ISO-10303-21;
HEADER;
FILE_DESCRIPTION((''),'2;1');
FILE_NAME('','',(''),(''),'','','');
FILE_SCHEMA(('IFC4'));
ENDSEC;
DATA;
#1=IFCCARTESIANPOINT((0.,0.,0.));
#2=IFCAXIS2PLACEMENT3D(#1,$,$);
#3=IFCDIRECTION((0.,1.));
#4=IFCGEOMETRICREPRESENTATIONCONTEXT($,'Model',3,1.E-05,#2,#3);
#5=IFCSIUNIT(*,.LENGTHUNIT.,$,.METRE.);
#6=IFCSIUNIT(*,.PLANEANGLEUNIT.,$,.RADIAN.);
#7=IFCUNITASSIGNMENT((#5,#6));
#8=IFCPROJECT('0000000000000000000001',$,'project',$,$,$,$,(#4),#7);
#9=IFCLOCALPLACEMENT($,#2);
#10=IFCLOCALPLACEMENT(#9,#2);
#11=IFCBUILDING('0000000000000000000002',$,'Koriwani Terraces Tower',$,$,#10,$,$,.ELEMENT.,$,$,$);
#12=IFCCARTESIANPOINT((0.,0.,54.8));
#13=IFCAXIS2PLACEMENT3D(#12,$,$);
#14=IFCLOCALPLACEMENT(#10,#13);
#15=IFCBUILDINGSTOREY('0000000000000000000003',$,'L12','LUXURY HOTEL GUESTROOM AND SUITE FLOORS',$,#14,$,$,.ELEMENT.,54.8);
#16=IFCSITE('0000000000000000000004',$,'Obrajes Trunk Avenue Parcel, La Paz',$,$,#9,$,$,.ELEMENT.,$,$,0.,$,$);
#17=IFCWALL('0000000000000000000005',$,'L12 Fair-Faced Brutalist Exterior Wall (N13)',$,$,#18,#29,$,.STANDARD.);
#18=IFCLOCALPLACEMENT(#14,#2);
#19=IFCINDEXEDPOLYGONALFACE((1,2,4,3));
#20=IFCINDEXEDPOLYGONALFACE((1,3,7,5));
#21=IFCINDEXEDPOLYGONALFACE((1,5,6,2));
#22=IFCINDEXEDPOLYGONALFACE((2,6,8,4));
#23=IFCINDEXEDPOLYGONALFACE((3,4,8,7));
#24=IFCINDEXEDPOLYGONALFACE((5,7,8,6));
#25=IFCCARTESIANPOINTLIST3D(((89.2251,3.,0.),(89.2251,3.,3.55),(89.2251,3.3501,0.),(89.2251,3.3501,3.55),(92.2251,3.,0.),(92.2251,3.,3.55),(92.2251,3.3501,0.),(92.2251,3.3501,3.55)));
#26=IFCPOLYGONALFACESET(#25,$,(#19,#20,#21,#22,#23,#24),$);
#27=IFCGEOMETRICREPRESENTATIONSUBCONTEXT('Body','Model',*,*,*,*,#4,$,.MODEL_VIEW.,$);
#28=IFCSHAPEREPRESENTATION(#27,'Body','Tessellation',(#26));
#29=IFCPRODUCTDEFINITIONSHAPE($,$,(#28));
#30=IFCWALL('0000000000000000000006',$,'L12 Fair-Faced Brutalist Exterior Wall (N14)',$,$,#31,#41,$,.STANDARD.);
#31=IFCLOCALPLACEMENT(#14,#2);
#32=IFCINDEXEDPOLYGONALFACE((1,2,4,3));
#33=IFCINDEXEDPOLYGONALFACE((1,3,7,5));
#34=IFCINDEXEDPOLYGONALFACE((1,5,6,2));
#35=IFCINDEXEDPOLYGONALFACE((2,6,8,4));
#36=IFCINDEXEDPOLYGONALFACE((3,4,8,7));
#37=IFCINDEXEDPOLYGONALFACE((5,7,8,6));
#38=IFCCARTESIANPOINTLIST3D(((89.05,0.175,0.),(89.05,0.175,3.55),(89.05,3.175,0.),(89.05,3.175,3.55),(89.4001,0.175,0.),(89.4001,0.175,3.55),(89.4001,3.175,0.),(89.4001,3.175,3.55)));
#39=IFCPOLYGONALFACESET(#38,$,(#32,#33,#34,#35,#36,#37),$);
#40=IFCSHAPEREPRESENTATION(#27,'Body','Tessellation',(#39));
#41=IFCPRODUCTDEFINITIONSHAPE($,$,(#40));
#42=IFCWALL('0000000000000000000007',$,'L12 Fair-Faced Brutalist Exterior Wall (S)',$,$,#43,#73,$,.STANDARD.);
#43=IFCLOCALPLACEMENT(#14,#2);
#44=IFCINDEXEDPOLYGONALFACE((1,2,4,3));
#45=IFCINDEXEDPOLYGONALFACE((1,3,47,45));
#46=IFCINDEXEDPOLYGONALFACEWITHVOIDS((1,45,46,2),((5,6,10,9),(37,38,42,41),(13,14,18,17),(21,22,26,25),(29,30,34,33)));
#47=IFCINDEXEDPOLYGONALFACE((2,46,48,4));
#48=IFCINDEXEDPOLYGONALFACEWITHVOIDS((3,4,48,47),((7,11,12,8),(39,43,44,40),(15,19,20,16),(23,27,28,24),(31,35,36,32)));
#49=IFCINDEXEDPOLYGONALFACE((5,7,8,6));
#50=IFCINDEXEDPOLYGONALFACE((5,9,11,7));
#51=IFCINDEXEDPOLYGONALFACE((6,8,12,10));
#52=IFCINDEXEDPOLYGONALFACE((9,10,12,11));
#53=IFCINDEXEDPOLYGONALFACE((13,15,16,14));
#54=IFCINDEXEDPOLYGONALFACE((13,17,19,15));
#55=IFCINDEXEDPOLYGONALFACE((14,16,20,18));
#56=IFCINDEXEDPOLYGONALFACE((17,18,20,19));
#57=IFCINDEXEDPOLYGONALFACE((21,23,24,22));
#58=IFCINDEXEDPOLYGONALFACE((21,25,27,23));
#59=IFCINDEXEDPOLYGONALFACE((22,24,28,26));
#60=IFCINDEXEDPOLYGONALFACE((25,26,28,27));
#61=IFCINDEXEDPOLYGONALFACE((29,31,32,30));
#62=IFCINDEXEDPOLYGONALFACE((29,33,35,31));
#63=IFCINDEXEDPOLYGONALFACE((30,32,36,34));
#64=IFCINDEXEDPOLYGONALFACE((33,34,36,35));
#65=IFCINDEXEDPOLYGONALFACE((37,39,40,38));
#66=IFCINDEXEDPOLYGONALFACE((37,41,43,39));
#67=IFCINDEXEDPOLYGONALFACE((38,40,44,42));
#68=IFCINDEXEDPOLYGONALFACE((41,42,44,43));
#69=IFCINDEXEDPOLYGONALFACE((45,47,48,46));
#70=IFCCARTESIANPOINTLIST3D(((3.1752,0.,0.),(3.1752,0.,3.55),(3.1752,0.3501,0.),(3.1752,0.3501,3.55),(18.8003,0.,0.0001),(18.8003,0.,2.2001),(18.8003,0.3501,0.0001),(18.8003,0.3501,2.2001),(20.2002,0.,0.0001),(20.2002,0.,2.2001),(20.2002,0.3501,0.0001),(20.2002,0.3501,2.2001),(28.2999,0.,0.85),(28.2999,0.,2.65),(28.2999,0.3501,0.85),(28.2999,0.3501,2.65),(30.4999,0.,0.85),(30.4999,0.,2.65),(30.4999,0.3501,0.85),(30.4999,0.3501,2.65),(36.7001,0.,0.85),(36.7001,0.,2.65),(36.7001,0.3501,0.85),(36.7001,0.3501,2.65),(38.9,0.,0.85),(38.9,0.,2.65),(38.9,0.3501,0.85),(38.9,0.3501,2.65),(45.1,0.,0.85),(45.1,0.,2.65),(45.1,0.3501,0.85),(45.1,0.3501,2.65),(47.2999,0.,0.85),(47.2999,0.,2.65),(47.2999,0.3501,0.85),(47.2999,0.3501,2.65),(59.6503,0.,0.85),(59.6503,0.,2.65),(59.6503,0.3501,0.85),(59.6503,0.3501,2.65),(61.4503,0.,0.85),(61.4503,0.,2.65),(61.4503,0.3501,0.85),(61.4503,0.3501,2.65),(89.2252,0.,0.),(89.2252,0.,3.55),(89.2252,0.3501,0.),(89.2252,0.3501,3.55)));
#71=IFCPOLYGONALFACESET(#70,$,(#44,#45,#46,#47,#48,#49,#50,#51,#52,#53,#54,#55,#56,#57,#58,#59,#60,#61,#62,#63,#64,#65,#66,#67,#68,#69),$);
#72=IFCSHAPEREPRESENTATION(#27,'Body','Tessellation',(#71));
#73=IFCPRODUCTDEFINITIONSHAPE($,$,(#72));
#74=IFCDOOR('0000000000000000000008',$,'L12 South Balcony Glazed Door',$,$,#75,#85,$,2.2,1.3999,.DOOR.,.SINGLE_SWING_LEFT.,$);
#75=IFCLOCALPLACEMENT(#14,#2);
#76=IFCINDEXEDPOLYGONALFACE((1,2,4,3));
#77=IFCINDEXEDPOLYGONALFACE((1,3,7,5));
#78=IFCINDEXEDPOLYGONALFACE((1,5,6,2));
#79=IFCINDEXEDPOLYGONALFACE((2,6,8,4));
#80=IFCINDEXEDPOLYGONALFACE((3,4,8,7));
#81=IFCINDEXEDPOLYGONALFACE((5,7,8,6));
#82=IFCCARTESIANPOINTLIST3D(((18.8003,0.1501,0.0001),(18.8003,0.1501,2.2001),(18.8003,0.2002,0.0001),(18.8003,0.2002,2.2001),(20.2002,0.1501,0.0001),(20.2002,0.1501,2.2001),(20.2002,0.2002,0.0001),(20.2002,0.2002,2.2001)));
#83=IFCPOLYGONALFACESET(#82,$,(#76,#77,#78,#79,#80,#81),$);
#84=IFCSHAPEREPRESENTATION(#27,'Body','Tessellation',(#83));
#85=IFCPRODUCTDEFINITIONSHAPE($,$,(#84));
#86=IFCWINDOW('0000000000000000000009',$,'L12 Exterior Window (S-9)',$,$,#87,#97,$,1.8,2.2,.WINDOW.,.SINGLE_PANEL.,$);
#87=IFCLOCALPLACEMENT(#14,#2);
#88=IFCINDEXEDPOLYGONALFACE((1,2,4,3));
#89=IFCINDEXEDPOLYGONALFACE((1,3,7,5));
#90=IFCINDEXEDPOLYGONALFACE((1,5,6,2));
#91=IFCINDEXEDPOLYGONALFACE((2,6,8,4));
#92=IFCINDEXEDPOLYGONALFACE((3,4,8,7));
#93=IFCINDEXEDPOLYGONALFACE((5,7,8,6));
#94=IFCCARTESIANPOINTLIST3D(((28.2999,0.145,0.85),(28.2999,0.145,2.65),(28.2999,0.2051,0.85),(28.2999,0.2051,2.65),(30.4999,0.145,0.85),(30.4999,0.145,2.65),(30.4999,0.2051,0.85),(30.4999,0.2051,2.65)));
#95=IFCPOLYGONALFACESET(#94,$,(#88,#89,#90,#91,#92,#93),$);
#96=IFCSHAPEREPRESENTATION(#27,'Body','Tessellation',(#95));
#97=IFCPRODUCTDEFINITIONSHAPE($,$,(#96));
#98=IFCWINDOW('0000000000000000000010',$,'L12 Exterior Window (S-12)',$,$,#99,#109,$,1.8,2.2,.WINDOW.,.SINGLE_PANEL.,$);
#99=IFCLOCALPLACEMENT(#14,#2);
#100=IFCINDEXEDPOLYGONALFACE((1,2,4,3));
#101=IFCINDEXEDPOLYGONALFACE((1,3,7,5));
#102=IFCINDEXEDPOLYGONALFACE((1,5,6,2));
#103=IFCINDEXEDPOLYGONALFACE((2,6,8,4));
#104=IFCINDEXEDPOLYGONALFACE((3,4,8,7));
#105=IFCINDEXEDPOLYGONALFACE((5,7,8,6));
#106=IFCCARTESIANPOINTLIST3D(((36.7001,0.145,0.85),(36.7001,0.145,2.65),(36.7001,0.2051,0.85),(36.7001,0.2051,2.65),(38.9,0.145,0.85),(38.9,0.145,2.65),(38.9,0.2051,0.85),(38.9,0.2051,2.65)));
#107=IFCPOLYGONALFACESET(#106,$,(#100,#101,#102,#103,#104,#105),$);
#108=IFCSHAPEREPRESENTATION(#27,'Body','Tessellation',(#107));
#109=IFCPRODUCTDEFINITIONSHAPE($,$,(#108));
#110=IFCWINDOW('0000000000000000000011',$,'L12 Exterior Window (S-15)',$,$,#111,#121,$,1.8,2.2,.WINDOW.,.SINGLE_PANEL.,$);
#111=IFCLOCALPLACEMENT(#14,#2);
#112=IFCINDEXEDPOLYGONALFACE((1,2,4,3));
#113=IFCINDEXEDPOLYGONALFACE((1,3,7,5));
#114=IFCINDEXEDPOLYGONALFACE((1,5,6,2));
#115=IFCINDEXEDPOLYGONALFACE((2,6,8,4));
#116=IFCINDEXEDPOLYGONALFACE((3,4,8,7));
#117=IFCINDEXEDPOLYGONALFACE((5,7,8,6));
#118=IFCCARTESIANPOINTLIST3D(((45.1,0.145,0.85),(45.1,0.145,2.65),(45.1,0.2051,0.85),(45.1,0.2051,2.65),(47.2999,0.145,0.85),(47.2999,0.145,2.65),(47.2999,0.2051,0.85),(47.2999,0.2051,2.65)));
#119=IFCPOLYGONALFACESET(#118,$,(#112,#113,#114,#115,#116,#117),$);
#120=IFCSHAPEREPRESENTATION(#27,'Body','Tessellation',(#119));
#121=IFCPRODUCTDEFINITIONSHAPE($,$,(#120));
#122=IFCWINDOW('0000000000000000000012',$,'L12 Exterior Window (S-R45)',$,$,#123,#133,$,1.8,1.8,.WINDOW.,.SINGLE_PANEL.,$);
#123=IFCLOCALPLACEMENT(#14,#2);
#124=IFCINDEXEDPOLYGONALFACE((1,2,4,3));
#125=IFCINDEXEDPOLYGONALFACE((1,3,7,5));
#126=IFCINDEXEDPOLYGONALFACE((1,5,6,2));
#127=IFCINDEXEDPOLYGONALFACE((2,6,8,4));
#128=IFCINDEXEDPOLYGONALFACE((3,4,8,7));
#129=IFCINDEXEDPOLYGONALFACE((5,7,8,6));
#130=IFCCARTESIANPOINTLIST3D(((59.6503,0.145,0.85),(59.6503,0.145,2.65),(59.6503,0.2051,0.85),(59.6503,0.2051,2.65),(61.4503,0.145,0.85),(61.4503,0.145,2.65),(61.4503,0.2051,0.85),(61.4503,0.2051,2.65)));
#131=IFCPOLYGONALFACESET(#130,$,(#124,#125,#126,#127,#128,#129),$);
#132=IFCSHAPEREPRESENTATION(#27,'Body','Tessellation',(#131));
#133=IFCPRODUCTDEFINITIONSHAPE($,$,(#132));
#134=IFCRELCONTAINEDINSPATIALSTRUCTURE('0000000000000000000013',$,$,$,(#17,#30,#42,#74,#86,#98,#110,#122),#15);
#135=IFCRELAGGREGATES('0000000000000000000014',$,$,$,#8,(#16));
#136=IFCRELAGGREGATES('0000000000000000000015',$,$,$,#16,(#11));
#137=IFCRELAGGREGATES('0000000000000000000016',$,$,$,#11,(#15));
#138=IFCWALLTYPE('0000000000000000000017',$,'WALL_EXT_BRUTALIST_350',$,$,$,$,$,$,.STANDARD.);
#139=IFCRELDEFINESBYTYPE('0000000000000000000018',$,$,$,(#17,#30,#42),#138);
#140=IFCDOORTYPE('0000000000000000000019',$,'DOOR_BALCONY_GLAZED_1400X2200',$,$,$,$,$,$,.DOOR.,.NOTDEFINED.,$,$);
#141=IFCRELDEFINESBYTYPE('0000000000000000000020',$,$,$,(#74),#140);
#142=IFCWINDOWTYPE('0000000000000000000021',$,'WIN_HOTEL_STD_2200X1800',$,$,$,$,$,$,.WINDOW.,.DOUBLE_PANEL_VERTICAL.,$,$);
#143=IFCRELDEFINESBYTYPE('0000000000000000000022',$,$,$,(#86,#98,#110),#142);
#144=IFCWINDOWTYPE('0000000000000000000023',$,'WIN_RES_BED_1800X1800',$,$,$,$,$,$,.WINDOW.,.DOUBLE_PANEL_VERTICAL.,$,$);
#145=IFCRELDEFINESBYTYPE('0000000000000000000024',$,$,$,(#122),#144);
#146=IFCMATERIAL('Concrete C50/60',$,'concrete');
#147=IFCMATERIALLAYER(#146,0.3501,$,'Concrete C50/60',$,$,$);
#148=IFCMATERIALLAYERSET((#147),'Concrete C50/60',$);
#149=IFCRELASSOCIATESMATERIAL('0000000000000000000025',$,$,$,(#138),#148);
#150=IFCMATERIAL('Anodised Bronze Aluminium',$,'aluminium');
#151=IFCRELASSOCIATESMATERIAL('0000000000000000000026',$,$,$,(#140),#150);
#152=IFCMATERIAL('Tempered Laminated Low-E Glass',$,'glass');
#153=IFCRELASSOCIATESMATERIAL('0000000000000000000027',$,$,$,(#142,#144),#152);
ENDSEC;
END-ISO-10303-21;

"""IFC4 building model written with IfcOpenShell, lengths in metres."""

from ifc_helpers import new_model, si_unit, direction, frame, frame_2d, origin, place, context, subcontext, project, spatial, rectangle, extrude, material, layer, layer_set, type_object, element, fill, save


model = new_model("IFC4")

# Units and contexts
model_context = context("Model", 3, precision=1e-05, world=origin(), true_north=direction((0.0, 1.0)))
body_context = subcontext(model_context, "Body", "Model", "MODEL_VIEW")
ifc_project = project(units=[si_unit("LENGTHUNIT", "METRE"), si_unit("PLANEANGLEUNIT", "RADIAN")], contexts=[model_context])

# Site, building, storey
site_placement = place(None, origin())
site = spatial("IfcSite", under=ifc_project, at=site_placement, Name="Obrajes Trunk Avenue Parcel, La Paz", CompositionType="ELEMENT", RefElevation=0.0)
building_placement = place(site_placement, origin())
building = spatial("IfcBuilding", under=site, at=building_placement, Name="Koriwani Terraces Tower", CompositionType="ELEMENT")
storey_placement = place(building_placement, frame((0.0, 0.0, 54.8)))
storey = spatial("IfcBuildingStorey", under=building, at=storey_placement, Name="L12", Description="LUXURY HOTEL GUESTROOM AND SUITE FLOORS", CompositionType="ELEMENT", Elevation=54.8)

# Shared definitions
ifc_material_1 = material(Name="Anodised Bronze Aluminium", Category="aluminium")
ifc_material_2 = material(Name="Tempered Laminated Low-E Glass", Category="glass")

# Walls
ifc_material_3 = material(Name="Concrete C50/60", Category="concrete")
ifc_layer_1 = layer(ifc_material_3, 0.3501, Name="Concrete C50/60")
ifc_layer_set_1 = layer_set([ifc_layer_1], Name="Concrete C50/60")
wall_type = type_object("IfcWallType", Name="WALL_EXT_BRUTALIST_350", PredefinedType="STANDARD", material=ifc_layer_set_1)
for number, where, z_axis, x_axis, name in (
    (1, (92.2251, 3.175, 0.0), (0.0, 0.0, 1.0), (-1.0, 0.0, 0.0), "L12 Fair-Faced Brutalist Exterior Wall (N13)"),
    (2, (89.2251, 3.175, 0.0), (0.0, 0.0, 1.0), (0.0, -1.0, 0.0), "L12 Fair-Faced Brutalist Exterior Wall (N14)"),
):
    element("IfcWall", number, at=place(storey_placement, frame(where, z_axis=z_axis, x_axis=x_axis)), inside=storey, type_object=wall_type, Name=name, PredefinedType="STANDARD", context=body_context, shape_type="SweptSolid", body=[
        extrude(rectangle(XDim=3.0, YDim=0.3501, at=frame_2d((1.5, 0.0))), origin(), (0.0, 0.0, 1.0), 3.55),
    ])

# Wall, openings, door, windows
wall_placement = place(storey_placement, frame((89.2251, 0.175, 0.0), z_axis=(0.0, 0.0, 1.0), x_axis=(-1.0, 0.0, 0.0)))
wall = element("IfcWall", 3, at=wall_placement, inside=storey, type_object=wall_type, Name="L12 Fair-Faced Brutalist Exterior Wall (S)", PredefinedType="STANDARD", context=body_context, shape_type="SweptSolid", body=[
    extrude(rectangle(XDim=86.05, YDim=0.3501, at=frame_2d((43.0249, 0.0))), origin(), (0.0, 0.0, 1.0), 3.55),
])
opening_1_placement = place(wall_placement, frame((69.0249, 0.0, 0.0)))
opening_1 = element("IfcOpeningElement", 4, at=opening_1_placement, cuts=wall, PredefinedType="OPENING", context=body_context, shape_type="SweptSolid", body=[
    extrude(rectangle(XDim=1.3999, YDim=2.2, at=frame_2d((0.7, 1.1001))), frame((0.0, 0.1851, 0.0), z_axis=(0.0, -1.0, 0.0), x_axis=(1.0, 0.0, 0.0)), (0.0, 0.0, 1.0), 0.3701),
])
opening_2_placement = place(wall_placement, frame((58.7251, 0.0, 0.8501)))
opening_2 = element("IfcOpeningElement", 5, at=opening_2_placement, cuts=wall, PredefinedType="OPENING", context=body_context, shape_type="SweptSolid", body=[
    extrude(rectangle(XDim=2.2, YDim=1.8, at=frame_2d((1.1001, 0.8999))), frame((0.0, 0.1851, 0.0), z_axis=(0.0, -1.0, 0.0), x_axis=(1.0, 0.0, 0.0)), (0.0, 0.0, 1.0), 0.3701),
])
opening_3_placement = place(wall_placement, frame((50.325, 0.0, 0.8501)))
opening_3 = element("IfcOpeningElement", 6, at=opening_3_placement, cuts=wall, PredefinedType="OPENING", context=body_context, shape_type="SweptSolid", body=[
    extrude(rectangle(XDim=2.2, YDim=1.8, at=frame_2d((1.1001, 0.8999))), frame((0.0, 0.1851, 0.0), z_axis=(0.0, -1.0, 0.0), x_axis=(1.0, 0.0, 0.0)), (0.0, 0.0, 1.0), 0.3701),
])
opening_4_placement = place(wall_placement, frame((41.925, 0.0, 0.8501)))
opening_4 = element("IfcOpeningElement", 7, at=opening_4_placement, cuts=wall, PredefinedType="OPENING", context=body_context, shape_type="SweptSolid", body=[
    extrude(rectangle(XDim=2.2, YDim=1.8, at=frame_2d((1.1001, 0.8999))), frame((0.0, 0.1851, 0.0), z_axis=(0.0, -1.0, 0.0), x_axis=(1.0, 0.0, 0.0)), (0.0, 0.0, 1.0), 0.3701),
])
opening_5_placement = place(wall_placement, frame((27.7749, 0.0, 0.8501)))
opening_5 = element("IfcOpeningElement", 8, at=opening_5_placement, cuts=wall, PredefinedType="OPENING", context=body_context, shape_type="SweptSolid", body=[
    extrude(rectangle(XDim=1.8, YDim=1.8, at=frame_2d((0.8999, 0.8999))), frame((0.0, 0.1851, 0.0), z_axis=(0.0, -1.0, 0.0), x_axis=(1.0, 0.0, 0.0)), (0.0, 0.0, 1.0), 0.3701),
])
door_type = type_object("IfcDoorType", Name="DOOR_BALCONY_GLAZED_1400X2200", OperationType="NOTDEFINED", PredefinedType="DOOR", material=ifc_material_1)
door_placement = place(opening_1_placement, origin())
door = element("IfcDoor", 9, at=door_placement, inside=storey, type_object=door_type, Name="L12 South Balcony Glazed Door", OperationType="SINGLE_SWING_LEFT", OverallHeight=2.2, OverallWidth=1.3999, PredefinedType="DOOR", context=body_context, shape_type="SweptSolid", body=[
    extrude(rectangle(XDim=1.3999, YDim=2.2, at=frame_2d((0.7, 1.1001))), frame((0.0, 0.0249, 0.0), z_axis=(0.0, -1.0, 0.0), x_axis=(1.0, 0.0, 0.0)), (0.0, 0.0, 1.0), 0.05),
])
fill(opening_1, door)
window_type_1 = type_object("IfcWindowType", Name="WIN_HOTEL_STD_2200X1800", PartitioningType="DOUBLE_PANEL_VERTICAL", PredefinedType="WINDOW", material=ifc_material_2)
window_1_placement = place(opening_2_placement, origin())
window_1 = element("IfcWindow", 10, at=window_1_placement, inside=storey, type_object=window_type_1, Name="L12 Exterior Window (S-9)", OverallHeight=1.8, OverallWidth=2.2, PartitioningType="SINGLE_PANEL", PredefinedType="WINDOW", context=body_context, shape_type="SweptSolid", body=[
    extrude(rectangle(XDim=2.2, YDim=1.8, at=frame_2d((1.1001, 0.8999))), frame((0.0, 0.03, 0.0), z_axis=(0.0, -1.0, 0.0), x_axis=(1.0, 0.0, 0.0)), (0.0, 0.0, 1.0), 0.0601),
])
fill(opening_2, window_1)
window_2_placement = place(opening_3_placement, origin())
window_2 = element("IfcWindow", 11, at=window_2_placement, inside=storey, type_object=window_type_1, Name="L12 Exterior Window (S-12)", OverallHeight=1.8, OverallWidth=2.2, PartitioningType="SINGLE_PANEL", PredefinedType="WINDOW", context=body_context, shape_type="SweptSolid", body=[
    extrude(rectangle(XDim=2.2, YDim=1.8, at=frame_2d((1.1001, 0.8999))), frame((0.0, 0.03, 0.0), z_axis=(0.0, -1.0, 0.0), x_axis=(1.0, 0.0, 0.0)), (0.0, 0.0, 1.0), 0.0601),
])
fill(opening_3, window_2)
window_3_placement = place(opening_4_placement, origin())
window_3 = element("IfcWindow", 12, at=window_3_placement, inside=storey, type_object=window_type_1, Name="L12 Exterior Window (S-15)", OverallHeight=1.8, OverallWidth=2.2, PartitioningType="SINGLE_PANEL", PredefinedType="WINDOW", context=body_context, shape_type="SweptSolid", body=[
    extrude(rectangle(XDim=2.2, YDim=1.8, at=frame_2d((1.1001, 0.8999))), frame((0.0, 0.03, 0.0), z_axis=(0.0, -1.0, 0.0), x_axis=(1.0, 0.0, 0.0)), (0.0, 0.0, 1.0), 0.0601),
])
fill(opening_4, window_3)
window_type_2 = type_object("IfcWindowType", Name="WIN_RES_BED_1800X1800", PartitioningType="DOUBLE_PANEL_VERTICAL", PredefinedType="WINDOW", material=ifc_material_2)
window_4_placement = place(opening_5_placement, origin())
window_4 = element("IfcWindow", 13, at=window_4_placement, inside=storey, type_object=window_type_2, Name="L12 Exterior Window (S-R45)", OverallHeight=1.8, OverallWidth=1.8, PartitioningType="SINGLE_PANEL", PredefinedType="WINDOW", context=body_context, shape_type="SweptSolid", body=[
    extrude(rectangle(XDim=1.8, YDim=1.8, at=frame_2d((0.8999, 0.8999))), frame((0.0, 0.03, 0.0), z_axis=(0.0, -1.0, 0.0), x_axis=(1.0, 0.0, 0.0)), (0.0, 0.0, 1.0), 0.0601),
])
fill(opening_5, window_4)

save(model, "model.ifc")
